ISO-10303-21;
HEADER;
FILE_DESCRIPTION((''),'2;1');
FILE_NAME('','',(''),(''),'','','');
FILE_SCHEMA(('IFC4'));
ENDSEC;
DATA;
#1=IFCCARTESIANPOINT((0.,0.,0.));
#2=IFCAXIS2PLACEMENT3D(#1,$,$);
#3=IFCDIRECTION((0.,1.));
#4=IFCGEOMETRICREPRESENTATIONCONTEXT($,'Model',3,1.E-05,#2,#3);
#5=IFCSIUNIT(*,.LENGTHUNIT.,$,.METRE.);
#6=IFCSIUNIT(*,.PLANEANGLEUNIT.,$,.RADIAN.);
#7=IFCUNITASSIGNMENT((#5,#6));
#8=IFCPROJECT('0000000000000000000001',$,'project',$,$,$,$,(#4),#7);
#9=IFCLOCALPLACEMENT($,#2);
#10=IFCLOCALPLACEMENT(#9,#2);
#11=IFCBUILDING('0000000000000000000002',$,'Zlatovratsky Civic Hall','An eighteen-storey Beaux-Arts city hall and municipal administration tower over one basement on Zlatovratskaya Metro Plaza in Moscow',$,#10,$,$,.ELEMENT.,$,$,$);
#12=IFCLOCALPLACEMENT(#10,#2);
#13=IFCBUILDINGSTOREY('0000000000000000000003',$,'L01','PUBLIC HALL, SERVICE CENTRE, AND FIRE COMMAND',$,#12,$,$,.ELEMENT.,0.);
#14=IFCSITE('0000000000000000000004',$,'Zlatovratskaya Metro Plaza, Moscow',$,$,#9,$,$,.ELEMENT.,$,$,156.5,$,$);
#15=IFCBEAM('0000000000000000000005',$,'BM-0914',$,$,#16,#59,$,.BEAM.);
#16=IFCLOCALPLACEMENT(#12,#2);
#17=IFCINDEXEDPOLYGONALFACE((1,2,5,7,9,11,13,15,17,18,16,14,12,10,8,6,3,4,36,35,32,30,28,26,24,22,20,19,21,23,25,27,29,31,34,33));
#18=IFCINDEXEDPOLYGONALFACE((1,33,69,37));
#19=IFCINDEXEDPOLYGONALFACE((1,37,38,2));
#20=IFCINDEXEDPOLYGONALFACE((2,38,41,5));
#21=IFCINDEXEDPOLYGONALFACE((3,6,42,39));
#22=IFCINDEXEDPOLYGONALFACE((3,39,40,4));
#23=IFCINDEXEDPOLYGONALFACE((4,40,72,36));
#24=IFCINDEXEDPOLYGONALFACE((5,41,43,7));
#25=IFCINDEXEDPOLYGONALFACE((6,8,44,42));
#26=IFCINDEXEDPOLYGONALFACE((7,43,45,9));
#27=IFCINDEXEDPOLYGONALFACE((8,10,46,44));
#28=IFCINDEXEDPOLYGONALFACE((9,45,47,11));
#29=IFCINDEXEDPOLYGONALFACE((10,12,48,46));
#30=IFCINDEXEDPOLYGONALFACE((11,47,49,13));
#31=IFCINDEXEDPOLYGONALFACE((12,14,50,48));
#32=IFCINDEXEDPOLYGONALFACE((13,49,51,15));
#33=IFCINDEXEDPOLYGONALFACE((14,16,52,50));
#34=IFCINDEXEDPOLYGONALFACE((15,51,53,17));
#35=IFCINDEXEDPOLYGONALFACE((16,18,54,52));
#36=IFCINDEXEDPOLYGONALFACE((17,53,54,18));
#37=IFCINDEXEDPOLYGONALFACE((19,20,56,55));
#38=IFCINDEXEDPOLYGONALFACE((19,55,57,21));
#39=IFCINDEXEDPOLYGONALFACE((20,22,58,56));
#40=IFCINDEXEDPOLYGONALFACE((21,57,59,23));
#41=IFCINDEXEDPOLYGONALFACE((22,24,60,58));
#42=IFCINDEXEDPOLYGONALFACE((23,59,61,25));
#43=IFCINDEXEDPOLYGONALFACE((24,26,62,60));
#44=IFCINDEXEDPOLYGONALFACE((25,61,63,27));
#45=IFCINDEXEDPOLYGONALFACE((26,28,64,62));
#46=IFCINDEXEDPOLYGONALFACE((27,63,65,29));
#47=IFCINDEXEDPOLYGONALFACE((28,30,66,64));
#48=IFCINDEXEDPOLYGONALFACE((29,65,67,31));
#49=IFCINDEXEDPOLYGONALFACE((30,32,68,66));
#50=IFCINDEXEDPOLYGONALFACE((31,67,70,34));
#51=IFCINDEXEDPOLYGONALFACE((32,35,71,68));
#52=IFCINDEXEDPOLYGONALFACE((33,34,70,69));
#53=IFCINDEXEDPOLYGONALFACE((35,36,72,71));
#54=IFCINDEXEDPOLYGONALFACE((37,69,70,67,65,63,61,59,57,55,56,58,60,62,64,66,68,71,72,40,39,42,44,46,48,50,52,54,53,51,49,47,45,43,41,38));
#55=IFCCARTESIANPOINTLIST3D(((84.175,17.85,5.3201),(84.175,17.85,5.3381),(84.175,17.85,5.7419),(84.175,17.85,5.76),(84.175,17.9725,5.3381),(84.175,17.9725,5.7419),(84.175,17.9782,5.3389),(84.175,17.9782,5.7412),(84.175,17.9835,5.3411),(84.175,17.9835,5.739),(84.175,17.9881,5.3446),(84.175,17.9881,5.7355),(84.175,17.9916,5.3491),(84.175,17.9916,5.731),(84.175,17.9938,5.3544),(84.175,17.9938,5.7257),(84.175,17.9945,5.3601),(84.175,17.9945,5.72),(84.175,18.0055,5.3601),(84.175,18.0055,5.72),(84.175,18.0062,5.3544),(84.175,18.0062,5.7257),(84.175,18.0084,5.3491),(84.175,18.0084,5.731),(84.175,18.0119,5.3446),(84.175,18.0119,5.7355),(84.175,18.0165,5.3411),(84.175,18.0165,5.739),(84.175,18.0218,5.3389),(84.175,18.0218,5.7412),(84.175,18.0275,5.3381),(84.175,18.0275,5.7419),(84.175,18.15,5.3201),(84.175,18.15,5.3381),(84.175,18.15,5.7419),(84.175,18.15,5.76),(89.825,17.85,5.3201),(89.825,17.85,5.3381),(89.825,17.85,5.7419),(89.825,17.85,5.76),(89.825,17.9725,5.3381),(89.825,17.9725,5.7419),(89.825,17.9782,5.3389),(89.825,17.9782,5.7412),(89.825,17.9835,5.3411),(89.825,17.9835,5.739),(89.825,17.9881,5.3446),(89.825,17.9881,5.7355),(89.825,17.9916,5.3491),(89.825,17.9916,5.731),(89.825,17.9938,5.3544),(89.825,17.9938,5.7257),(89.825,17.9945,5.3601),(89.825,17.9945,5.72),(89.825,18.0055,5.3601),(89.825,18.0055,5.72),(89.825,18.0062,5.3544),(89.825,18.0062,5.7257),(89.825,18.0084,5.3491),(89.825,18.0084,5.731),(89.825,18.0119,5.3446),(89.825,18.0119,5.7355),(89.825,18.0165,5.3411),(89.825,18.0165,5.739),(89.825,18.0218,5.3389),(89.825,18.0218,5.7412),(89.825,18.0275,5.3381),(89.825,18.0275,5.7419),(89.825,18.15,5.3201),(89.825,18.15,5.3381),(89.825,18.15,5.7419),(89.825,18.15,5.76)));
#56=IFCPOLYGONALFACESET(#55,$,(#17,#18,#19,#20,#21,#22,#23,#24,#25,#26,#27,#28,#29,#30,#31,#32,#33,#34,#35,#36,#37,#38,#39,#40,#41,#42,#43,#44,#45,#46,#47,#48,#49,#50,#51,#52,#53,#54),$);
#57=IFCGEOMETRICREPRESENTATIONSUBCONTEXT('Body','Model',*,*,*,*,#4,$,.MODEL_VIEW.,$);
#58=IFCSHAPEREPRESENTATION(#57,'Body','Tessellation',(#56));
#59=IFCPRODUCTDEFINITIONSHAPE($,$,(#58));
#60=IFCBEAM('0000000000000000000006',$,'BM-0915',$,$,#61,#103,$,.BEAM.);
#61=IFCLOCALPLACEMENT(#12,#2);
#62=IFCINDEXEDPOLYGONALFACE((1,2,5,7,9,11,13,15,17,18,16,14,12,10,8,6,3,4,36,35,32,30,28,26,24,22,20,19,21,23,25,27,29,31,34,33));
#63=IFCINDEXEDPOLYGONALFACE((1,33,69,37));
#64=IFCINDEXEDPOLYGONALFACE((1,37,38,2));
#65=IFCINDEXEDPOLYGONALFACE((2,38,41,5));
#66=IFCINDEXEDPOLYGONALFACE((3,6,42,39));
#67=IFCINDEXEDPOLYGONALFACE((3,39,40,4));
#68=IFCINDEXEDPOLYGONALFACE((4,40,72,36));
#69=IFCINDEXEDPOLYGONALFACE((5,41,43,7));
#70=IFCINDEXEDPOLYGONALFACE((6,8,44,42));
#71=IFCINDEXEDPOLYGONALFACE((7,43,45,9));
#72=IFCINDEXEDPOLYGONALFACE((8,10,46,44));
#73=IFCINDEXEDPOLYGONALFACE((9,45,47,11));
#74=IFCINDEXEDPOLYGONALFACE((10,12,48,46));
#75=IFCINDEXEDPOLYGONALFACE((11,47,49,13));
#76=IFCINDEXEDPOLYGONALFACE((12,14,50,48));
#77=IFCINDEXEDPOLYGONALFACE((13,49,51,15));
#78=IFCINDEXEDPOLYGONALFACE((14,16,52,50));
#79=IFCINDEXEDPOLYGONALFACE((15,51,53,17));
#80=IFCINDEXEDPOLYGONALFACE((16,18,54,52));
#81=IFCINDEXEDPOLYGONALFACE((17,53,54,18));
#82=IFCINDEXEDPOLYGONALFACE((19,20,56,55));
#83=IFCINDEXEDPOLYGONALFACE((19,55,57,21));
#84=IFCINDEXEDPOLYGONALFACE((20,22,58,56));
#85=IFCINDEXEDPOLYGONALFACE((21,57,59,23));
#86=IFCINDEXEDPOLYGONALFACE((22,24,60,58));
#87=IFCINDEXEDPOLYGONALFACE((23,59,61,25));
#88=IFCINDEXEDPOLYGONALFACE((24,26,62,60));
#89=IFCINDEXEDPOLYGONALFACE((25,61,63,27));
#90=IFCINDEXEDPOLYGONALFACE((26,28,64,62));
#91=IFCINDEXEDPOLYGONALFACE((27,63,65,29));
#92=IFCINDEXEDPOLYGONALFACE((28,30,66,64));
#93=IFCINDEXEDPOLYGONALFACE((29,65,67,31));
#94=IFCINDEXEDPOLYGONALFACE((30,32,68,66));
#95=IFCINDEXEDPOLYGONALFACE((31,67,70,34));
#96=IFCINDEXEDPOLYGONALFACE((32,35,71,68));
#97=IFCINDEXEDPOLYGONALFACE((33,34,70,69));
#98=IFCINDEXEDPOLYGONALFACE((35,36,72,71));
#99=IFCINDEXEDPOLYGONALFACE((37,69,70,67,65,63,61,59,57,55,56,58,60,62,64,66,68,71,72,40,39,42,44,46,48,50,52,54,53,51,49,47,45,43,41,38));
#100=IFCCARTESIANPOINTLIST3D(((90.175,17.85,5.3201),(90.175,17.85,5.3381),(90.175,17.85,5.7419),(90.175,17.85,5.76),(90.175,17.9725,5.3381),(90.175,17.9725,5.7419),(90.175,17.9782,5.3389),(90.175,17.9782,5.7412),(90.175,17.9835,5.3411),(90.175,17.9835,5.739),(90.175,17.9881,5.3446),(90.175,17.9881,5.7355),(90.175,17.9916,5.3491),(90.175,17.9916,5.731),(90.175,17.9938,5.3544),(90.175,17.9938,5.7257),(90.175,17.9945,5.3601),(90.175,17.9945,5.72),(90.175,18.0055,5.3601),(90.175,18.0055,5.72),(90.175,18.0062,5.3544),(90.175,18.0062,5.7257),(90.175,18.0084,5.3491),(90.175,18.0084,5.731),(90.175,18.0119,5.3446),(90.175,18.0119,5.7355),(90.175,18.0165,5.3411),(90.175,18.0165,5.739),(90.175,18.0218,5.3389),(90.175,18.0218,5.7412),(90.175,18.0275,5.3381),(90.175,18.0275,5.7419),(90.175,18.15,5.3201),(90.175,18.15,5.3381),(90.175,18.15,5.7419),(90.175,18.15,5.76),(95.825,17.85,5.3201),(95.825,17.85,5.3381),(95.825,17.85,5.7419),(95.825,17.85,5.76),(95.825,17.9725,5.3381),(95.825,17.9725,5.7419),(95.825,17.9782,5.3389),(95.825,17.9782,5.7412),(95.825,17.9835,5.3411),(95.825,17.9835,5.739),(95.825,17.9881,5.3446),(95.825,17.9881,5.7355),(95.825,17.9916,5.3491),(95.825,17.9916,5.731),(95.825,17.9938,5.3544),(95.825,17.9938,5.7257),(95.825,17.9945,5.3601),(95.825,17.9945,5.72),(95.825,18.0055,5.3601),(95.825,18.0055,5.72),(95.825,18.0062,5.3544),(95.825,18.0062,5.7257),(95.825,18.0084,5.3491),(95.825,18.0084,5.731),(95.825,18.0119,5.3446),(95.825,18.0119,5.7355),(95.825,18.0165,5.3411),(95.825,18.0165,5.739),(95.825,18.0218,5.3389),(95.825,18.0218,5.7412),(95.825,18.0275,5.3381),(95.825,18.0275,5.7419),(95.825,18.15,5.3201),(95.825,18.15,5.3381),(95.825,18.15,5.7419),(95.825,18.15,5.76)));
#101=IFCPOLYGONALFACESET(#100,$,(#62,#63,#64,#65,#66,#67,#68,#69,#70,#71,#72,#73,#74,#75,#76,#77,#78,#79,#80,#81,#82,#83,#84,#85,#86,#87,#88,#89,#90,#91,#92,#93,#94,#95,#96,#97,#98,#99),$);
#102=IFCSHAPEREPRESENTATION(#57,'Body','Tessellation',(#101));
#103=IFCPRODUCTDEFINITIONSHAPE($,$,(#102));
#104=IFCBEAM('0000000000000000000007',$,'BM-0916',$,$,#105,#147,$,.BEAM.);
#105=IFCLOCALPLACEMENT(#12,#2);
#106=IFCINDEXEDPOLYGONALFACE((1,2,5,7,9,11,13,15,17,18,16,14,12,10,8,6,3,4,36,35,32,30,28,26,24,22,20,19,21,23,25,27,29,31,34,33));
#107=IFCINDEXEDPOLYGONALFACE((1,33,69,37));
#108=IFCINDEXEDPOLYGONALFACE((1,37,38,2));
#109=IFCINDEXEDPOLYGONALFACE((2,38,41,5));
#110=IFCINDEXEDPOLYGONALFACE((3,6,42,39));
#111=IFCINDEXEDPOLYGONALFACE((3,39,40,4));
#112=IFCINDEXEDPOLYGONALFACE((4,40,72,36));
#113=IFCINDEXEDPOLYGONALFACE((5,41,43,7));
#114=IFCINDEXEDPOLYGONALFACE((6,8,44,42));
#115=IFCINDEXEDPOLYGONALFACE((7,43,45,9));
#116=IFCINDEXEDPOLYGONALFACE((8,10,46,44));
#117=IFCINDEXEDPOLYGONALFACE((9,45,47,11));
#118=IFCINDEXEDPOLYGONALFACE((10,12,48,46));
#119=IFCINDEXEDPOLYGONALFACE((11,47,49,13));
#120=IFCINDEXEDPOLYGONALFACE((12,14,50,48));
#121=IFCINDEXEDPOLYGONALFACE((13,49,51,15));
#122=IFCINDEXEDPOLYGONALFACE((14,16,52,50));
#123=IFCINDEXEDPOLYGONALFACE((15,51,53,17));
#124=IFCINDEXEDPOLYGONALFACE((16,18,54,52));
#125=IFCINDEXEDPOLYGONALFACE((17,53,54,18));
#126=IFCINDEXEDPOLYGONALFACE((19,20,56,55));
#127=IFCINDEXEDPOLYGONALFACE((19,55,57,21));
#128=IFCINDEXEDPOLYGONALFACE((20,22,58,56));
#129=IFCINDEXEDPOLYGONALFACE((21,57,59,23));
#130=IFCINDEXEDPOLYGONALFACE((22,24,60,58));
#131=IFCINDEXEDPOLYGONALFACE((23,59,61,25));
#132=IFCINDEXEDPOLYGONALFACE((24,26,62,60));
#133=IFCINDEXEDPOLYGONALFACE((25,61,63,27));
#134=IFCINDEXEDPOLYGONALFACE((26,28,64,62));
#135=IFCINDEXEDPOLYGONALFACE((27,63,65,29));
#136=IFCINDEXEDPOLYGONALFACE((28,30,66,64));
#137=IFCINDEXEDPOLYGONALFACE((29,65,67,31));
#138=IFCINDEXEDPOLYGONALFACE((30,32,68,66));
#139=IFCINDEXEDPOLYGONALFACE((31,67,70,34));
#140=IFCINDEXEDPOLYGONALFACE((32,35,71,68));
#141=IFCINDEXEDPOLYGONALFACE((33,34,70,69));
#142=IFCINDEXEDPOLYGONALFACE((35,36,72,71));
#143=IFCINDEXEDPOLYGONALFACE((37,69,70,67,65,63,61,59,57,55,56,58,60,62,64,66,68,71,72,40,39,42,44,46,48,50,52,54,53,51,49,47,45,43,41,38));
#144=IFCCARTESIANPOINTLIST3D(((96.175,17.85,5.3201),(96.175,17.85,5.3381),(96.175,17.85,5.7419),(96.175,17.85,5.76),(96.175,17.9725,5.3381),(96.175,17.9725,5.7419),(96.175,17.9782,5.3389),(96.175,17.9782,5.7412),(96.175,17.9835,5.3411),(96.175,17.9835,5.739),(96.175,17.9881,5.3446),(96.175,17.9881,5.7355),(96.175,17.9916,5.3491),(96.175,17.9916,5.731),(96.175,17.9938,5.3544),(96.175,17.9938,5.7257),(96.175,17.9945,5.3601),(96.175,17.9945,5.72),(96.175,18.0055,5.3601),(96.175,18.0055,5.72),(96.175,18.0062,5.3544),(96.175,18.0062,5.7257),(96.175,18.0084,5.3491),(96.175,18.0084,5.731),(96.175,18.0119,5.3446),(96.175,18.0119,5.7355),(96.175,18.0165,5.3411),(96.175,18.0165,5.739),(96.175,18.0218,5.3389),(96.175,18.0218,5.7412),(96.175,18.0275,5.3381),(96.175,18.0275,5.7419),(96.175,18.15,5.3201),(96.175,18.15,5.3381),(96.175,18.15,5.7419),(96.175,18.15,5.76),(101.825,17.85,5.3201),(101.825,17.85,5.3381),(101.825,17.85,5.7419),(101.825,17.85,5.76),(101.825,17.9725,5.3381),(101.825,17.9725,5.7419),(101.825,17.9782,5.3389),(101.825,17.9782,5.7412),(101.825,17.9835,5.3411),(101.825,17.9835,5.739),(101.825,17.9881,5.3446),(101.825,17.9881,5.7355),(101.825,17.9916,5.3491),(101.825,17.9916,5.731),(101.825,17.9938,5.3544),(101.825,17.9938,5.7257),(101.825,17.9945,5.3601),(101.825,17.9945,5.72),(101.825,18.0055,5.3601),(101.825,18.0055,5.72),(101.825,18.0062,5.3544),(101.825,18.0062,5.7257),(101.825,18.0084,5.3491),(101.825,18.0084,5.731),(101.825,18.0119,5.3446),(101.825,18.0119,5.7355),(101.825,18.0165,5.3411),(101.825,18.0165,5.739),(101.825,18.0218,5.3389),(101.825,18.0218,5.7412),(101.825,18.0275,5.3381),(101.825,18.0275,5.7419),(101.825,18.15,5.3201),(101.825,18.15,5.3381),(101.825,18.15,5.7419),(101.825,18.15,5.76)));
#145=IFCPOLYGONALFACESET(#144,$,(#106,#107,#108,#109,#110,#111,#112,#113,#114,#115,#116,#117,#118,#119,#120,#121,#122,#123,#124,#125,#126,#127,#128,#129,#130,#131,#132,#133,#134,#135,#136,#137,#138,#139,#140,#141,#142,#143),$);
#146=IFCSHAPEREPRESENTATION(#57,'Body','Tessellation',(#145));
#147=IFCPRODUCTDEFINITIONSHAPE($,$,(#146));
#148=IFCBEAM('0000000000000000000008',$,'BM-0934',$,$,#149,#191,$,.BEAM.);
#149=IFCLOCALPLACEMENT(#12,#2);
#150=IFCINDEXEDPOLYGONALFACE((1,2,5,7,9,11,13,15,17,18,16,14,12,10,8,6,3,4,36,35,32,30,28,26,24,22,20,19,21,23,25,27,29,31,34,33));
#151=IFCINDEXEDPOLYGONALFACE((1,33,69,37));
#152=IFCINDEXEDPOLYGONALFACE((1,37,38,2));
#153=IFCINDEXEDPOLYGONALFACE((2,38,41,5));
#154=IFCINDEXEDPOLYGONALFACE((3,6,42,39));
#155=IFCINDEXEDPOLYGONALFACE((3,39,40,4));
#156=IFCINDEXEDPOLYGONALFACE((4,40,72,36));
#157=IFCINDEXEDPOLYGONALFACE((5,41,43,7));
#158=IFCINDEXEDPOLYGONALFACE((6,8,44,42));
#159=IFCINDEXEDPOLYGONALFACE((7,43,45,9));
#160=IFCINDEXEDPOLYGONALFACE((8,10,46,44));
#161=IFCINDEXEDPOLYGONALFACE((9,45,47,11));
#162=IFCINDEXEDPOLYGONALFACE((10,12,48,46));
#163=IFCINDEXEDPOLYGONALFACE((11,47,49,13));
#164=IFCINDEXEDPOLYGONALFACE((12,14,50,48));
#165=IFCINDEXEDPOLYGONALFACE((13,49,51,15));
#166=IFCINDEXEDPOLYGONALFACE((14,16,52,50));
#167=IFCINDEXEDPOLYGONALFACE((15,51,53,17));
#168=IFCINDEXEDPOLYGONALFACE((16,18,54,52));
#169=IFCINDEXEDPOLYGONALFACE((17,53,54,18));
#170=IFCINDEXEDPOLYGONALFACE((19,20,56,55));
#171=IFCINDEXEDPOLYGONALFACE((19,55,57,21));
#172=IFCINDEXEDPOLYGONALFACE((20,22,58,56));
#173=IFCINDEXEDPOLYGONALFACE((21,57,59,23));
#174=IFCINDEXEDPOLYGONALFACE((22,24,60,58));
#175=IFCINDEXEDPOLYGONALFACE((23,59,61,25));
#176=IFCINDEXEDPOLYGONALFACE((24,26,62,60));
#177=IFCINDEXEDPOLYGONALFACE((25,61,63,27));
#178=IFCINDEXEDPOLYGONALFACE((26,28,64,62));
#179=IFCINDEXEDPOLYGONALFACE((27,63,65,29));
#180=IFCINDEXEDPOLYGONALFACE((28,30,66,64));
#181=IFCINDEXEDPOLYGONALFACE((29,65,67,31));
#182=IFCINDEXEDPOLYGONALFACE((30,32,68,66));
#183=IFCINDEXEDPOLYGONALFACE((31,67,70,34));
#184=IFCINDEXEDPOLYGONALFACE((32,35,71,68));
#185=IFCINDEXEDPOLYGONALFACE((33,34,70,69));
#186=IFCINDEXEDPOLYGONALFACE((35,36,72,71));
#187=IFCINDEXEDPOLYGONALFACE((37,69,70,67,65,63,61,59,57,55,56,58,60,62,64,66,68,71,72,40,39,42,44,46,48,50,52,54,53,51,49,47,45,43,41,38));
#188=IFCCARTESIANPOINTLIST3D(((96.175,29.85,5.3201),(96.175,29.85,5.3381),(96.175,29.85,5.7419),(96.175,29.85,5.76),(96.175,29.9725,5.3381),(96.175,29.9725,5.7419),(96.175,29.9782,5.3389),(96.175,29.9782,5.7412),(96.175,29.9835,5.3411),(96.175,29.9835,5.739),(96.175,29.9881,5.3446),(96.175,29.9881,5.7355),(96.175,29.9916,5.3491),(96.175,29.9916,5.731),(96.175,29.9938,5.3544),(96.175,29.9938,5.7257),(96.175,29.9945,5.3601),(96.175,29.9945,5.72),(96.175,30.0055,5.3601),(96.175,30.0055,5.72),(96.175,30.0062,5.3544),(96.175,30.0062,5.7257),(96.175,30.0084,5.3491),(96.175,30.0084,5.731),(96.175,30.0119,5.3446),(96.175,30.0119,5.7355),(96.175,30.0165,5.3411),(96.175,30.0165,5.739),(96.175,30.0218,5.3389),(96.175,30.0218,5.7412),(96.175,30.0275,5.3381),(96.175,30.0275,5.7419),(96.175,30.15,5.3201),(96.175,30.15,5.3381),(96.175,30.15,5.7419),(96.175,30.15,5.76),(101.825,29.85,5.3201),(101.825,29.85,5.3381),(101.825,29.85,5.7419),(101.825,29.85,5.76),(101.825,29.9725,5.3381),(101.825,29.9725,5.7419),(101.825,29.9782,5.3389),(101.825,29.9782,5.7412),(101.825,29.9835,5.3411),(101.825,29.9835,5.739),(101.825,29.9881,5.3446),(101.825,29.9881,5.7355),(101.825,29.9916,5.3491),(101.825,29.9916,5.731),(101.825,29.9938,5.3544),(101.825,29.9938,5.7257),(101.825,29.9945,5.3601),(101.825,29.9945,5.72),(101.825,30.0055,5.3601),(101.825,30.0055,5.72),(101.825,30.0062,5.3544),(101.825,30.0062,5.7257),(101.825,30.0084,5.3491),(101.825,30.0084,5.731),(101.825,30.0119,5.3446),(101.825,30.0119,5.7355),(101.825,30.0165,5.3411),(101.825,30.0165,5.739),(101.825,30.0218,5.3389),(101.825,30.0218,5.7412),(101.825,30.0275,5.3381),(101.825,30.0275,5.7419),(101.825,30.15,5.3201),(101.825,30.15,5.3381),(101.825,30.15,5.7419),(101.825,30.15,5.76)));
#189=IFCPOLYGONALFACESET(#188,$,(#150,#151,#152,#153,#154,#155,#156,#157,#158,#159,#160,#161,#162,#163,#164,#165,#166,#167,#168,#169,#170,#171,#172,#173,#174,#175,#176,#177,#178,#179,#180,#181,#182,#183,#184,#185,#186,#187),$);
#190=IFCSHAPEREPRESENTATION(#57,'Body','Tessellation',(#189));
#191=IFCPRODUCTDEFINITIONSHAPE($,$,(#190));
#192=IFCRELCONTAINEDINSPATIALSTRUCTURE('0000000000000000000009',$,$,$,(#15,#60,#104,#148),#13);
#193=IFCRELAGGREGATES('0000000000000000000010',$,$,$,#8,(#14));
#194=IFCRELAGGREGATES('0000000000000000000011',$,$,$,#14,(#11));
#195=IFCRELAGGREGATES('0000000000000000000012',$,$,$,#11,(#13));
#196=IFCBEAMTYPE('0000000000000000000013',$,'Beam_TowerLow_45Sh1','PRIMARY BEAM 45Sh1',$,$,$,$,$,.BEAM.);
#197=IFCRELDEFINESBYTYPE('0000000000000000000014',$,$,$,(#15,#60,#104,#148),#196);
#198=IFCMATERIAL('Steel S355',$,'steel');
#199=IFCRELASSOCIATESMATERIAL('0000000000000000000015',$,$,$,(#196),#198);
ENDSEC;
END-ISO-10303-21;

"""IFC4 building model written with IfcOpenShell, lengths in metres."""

from ifc_helpers import new_model, si_unit, direction, frame, origin, origin_2d, place, context, subcontext, project, spatial, i_section, extrude, material, material_profile, profile_set, type_object, element, save


model = new_model("IFC4")

# Units and contexts
model_context = context("Model", 3, precision=1e-05, world=origin(), true_north=direction((0.0, 1.0)))
body_context = subcontext(model_context, "Body", "Model", "MODEL_VIEW")
ifc_project = project(units=[si_unit("LENGTHUNIT", "METRE"), si_unit("PLANEANGLEUNIT", "RADIAN")], contexts=[model_context])

# Site, building, storey
site_placement = place(None, origin())
site = spatial("IfcSite", under=ifc_project, at=site_placement, Name="Zlatovratskaya Metro Plaza, Moscow", CompositionType="ELEMENT", RefElevation=156.5)
building_placement = place(site_placement, origin())
building = spatial("IfcBuilding", under=site, at=building_placement, Name="Zlatovratsky Civic Hall", Description="An eighteen-storey Beaux-Arts city hall and municipal administration tower over one basement on Zlatovratskaya Metro Plaza in Moscow", CompositionType="ELEMENT")
storey_placement = place(building_placement, origin())
storey = spatial("IfcBuildingStorey", under=building, at=storey_placement, Name="L01", Description="PUBLIC HALL, SERVICE CENTRE, AND FIRE COMMAND", CompositionType="ELEMENT", Elevation=0.0)

# Shared definitions
ifc_material_1 = material(Name="Steel S355", Category="steel")

# Beams
ifc_material_profile_1 = material_profile(ifc_material_1, i_section(OverallWidth=0.3, OverallDepth=0.4399, WebThickness=0.011, FlangeThickness=0.0181, FilletRadius=0.022, at=origin_2d()), Name="45Sh1")
ifc_profile_set_1 = profile_set([ifc_material_profile_1], Name="Steel S355")
beam_type_1 = type_object("IfcBeamType", Name="Beam_TowerLow_45Sh1", Description="PRIMARY BEAM 45Sh1", PredefinedType="BEAM", material=ifc_profile_set_1)
for number, where, z_axis, x_axis, name in (
    (1, (84.175, 18.0, 5.54), (1.0, 0.0, 0.0), (0.0, 1.0, 0.0), "BM-0914"),
    (2, (90.175, 18.0, 5.54), (1.0, 0.0, 0.0), (0.0, 1.0, 0.0), "BM-0915"),
    (3, (96.175, 18.0, 5.54), (1.0, 0.0, 0.0), (0.0, 1.0, 0.0), "BM-0916"),
    (4, (96.175, 30.0, 5.54), (1.0, 0.0, 0.0), (0.0, 1.0, 0.0), "BM-0934"),
):
    element("IfcBeam", number, at=place(storey_placement, frame(where, z_axis=z_axis, x_axis=x_axis)), inside=storey, type_object=beam_type_1, Name=name, PredefinedType="BEAM", context=body_context, shape_type="SweptSolid", body=[
        extrude(i_section(OverallWidth=0.3, OverallDepth=0.4399, WebThickness=0.011, FlangeThickness=0.0181, FilletRadius=0.022, at=origin_2d()), origin(), (0.0, 0.0, 1.0), 5.6499),
    ])

save(model, "model.ifc")
